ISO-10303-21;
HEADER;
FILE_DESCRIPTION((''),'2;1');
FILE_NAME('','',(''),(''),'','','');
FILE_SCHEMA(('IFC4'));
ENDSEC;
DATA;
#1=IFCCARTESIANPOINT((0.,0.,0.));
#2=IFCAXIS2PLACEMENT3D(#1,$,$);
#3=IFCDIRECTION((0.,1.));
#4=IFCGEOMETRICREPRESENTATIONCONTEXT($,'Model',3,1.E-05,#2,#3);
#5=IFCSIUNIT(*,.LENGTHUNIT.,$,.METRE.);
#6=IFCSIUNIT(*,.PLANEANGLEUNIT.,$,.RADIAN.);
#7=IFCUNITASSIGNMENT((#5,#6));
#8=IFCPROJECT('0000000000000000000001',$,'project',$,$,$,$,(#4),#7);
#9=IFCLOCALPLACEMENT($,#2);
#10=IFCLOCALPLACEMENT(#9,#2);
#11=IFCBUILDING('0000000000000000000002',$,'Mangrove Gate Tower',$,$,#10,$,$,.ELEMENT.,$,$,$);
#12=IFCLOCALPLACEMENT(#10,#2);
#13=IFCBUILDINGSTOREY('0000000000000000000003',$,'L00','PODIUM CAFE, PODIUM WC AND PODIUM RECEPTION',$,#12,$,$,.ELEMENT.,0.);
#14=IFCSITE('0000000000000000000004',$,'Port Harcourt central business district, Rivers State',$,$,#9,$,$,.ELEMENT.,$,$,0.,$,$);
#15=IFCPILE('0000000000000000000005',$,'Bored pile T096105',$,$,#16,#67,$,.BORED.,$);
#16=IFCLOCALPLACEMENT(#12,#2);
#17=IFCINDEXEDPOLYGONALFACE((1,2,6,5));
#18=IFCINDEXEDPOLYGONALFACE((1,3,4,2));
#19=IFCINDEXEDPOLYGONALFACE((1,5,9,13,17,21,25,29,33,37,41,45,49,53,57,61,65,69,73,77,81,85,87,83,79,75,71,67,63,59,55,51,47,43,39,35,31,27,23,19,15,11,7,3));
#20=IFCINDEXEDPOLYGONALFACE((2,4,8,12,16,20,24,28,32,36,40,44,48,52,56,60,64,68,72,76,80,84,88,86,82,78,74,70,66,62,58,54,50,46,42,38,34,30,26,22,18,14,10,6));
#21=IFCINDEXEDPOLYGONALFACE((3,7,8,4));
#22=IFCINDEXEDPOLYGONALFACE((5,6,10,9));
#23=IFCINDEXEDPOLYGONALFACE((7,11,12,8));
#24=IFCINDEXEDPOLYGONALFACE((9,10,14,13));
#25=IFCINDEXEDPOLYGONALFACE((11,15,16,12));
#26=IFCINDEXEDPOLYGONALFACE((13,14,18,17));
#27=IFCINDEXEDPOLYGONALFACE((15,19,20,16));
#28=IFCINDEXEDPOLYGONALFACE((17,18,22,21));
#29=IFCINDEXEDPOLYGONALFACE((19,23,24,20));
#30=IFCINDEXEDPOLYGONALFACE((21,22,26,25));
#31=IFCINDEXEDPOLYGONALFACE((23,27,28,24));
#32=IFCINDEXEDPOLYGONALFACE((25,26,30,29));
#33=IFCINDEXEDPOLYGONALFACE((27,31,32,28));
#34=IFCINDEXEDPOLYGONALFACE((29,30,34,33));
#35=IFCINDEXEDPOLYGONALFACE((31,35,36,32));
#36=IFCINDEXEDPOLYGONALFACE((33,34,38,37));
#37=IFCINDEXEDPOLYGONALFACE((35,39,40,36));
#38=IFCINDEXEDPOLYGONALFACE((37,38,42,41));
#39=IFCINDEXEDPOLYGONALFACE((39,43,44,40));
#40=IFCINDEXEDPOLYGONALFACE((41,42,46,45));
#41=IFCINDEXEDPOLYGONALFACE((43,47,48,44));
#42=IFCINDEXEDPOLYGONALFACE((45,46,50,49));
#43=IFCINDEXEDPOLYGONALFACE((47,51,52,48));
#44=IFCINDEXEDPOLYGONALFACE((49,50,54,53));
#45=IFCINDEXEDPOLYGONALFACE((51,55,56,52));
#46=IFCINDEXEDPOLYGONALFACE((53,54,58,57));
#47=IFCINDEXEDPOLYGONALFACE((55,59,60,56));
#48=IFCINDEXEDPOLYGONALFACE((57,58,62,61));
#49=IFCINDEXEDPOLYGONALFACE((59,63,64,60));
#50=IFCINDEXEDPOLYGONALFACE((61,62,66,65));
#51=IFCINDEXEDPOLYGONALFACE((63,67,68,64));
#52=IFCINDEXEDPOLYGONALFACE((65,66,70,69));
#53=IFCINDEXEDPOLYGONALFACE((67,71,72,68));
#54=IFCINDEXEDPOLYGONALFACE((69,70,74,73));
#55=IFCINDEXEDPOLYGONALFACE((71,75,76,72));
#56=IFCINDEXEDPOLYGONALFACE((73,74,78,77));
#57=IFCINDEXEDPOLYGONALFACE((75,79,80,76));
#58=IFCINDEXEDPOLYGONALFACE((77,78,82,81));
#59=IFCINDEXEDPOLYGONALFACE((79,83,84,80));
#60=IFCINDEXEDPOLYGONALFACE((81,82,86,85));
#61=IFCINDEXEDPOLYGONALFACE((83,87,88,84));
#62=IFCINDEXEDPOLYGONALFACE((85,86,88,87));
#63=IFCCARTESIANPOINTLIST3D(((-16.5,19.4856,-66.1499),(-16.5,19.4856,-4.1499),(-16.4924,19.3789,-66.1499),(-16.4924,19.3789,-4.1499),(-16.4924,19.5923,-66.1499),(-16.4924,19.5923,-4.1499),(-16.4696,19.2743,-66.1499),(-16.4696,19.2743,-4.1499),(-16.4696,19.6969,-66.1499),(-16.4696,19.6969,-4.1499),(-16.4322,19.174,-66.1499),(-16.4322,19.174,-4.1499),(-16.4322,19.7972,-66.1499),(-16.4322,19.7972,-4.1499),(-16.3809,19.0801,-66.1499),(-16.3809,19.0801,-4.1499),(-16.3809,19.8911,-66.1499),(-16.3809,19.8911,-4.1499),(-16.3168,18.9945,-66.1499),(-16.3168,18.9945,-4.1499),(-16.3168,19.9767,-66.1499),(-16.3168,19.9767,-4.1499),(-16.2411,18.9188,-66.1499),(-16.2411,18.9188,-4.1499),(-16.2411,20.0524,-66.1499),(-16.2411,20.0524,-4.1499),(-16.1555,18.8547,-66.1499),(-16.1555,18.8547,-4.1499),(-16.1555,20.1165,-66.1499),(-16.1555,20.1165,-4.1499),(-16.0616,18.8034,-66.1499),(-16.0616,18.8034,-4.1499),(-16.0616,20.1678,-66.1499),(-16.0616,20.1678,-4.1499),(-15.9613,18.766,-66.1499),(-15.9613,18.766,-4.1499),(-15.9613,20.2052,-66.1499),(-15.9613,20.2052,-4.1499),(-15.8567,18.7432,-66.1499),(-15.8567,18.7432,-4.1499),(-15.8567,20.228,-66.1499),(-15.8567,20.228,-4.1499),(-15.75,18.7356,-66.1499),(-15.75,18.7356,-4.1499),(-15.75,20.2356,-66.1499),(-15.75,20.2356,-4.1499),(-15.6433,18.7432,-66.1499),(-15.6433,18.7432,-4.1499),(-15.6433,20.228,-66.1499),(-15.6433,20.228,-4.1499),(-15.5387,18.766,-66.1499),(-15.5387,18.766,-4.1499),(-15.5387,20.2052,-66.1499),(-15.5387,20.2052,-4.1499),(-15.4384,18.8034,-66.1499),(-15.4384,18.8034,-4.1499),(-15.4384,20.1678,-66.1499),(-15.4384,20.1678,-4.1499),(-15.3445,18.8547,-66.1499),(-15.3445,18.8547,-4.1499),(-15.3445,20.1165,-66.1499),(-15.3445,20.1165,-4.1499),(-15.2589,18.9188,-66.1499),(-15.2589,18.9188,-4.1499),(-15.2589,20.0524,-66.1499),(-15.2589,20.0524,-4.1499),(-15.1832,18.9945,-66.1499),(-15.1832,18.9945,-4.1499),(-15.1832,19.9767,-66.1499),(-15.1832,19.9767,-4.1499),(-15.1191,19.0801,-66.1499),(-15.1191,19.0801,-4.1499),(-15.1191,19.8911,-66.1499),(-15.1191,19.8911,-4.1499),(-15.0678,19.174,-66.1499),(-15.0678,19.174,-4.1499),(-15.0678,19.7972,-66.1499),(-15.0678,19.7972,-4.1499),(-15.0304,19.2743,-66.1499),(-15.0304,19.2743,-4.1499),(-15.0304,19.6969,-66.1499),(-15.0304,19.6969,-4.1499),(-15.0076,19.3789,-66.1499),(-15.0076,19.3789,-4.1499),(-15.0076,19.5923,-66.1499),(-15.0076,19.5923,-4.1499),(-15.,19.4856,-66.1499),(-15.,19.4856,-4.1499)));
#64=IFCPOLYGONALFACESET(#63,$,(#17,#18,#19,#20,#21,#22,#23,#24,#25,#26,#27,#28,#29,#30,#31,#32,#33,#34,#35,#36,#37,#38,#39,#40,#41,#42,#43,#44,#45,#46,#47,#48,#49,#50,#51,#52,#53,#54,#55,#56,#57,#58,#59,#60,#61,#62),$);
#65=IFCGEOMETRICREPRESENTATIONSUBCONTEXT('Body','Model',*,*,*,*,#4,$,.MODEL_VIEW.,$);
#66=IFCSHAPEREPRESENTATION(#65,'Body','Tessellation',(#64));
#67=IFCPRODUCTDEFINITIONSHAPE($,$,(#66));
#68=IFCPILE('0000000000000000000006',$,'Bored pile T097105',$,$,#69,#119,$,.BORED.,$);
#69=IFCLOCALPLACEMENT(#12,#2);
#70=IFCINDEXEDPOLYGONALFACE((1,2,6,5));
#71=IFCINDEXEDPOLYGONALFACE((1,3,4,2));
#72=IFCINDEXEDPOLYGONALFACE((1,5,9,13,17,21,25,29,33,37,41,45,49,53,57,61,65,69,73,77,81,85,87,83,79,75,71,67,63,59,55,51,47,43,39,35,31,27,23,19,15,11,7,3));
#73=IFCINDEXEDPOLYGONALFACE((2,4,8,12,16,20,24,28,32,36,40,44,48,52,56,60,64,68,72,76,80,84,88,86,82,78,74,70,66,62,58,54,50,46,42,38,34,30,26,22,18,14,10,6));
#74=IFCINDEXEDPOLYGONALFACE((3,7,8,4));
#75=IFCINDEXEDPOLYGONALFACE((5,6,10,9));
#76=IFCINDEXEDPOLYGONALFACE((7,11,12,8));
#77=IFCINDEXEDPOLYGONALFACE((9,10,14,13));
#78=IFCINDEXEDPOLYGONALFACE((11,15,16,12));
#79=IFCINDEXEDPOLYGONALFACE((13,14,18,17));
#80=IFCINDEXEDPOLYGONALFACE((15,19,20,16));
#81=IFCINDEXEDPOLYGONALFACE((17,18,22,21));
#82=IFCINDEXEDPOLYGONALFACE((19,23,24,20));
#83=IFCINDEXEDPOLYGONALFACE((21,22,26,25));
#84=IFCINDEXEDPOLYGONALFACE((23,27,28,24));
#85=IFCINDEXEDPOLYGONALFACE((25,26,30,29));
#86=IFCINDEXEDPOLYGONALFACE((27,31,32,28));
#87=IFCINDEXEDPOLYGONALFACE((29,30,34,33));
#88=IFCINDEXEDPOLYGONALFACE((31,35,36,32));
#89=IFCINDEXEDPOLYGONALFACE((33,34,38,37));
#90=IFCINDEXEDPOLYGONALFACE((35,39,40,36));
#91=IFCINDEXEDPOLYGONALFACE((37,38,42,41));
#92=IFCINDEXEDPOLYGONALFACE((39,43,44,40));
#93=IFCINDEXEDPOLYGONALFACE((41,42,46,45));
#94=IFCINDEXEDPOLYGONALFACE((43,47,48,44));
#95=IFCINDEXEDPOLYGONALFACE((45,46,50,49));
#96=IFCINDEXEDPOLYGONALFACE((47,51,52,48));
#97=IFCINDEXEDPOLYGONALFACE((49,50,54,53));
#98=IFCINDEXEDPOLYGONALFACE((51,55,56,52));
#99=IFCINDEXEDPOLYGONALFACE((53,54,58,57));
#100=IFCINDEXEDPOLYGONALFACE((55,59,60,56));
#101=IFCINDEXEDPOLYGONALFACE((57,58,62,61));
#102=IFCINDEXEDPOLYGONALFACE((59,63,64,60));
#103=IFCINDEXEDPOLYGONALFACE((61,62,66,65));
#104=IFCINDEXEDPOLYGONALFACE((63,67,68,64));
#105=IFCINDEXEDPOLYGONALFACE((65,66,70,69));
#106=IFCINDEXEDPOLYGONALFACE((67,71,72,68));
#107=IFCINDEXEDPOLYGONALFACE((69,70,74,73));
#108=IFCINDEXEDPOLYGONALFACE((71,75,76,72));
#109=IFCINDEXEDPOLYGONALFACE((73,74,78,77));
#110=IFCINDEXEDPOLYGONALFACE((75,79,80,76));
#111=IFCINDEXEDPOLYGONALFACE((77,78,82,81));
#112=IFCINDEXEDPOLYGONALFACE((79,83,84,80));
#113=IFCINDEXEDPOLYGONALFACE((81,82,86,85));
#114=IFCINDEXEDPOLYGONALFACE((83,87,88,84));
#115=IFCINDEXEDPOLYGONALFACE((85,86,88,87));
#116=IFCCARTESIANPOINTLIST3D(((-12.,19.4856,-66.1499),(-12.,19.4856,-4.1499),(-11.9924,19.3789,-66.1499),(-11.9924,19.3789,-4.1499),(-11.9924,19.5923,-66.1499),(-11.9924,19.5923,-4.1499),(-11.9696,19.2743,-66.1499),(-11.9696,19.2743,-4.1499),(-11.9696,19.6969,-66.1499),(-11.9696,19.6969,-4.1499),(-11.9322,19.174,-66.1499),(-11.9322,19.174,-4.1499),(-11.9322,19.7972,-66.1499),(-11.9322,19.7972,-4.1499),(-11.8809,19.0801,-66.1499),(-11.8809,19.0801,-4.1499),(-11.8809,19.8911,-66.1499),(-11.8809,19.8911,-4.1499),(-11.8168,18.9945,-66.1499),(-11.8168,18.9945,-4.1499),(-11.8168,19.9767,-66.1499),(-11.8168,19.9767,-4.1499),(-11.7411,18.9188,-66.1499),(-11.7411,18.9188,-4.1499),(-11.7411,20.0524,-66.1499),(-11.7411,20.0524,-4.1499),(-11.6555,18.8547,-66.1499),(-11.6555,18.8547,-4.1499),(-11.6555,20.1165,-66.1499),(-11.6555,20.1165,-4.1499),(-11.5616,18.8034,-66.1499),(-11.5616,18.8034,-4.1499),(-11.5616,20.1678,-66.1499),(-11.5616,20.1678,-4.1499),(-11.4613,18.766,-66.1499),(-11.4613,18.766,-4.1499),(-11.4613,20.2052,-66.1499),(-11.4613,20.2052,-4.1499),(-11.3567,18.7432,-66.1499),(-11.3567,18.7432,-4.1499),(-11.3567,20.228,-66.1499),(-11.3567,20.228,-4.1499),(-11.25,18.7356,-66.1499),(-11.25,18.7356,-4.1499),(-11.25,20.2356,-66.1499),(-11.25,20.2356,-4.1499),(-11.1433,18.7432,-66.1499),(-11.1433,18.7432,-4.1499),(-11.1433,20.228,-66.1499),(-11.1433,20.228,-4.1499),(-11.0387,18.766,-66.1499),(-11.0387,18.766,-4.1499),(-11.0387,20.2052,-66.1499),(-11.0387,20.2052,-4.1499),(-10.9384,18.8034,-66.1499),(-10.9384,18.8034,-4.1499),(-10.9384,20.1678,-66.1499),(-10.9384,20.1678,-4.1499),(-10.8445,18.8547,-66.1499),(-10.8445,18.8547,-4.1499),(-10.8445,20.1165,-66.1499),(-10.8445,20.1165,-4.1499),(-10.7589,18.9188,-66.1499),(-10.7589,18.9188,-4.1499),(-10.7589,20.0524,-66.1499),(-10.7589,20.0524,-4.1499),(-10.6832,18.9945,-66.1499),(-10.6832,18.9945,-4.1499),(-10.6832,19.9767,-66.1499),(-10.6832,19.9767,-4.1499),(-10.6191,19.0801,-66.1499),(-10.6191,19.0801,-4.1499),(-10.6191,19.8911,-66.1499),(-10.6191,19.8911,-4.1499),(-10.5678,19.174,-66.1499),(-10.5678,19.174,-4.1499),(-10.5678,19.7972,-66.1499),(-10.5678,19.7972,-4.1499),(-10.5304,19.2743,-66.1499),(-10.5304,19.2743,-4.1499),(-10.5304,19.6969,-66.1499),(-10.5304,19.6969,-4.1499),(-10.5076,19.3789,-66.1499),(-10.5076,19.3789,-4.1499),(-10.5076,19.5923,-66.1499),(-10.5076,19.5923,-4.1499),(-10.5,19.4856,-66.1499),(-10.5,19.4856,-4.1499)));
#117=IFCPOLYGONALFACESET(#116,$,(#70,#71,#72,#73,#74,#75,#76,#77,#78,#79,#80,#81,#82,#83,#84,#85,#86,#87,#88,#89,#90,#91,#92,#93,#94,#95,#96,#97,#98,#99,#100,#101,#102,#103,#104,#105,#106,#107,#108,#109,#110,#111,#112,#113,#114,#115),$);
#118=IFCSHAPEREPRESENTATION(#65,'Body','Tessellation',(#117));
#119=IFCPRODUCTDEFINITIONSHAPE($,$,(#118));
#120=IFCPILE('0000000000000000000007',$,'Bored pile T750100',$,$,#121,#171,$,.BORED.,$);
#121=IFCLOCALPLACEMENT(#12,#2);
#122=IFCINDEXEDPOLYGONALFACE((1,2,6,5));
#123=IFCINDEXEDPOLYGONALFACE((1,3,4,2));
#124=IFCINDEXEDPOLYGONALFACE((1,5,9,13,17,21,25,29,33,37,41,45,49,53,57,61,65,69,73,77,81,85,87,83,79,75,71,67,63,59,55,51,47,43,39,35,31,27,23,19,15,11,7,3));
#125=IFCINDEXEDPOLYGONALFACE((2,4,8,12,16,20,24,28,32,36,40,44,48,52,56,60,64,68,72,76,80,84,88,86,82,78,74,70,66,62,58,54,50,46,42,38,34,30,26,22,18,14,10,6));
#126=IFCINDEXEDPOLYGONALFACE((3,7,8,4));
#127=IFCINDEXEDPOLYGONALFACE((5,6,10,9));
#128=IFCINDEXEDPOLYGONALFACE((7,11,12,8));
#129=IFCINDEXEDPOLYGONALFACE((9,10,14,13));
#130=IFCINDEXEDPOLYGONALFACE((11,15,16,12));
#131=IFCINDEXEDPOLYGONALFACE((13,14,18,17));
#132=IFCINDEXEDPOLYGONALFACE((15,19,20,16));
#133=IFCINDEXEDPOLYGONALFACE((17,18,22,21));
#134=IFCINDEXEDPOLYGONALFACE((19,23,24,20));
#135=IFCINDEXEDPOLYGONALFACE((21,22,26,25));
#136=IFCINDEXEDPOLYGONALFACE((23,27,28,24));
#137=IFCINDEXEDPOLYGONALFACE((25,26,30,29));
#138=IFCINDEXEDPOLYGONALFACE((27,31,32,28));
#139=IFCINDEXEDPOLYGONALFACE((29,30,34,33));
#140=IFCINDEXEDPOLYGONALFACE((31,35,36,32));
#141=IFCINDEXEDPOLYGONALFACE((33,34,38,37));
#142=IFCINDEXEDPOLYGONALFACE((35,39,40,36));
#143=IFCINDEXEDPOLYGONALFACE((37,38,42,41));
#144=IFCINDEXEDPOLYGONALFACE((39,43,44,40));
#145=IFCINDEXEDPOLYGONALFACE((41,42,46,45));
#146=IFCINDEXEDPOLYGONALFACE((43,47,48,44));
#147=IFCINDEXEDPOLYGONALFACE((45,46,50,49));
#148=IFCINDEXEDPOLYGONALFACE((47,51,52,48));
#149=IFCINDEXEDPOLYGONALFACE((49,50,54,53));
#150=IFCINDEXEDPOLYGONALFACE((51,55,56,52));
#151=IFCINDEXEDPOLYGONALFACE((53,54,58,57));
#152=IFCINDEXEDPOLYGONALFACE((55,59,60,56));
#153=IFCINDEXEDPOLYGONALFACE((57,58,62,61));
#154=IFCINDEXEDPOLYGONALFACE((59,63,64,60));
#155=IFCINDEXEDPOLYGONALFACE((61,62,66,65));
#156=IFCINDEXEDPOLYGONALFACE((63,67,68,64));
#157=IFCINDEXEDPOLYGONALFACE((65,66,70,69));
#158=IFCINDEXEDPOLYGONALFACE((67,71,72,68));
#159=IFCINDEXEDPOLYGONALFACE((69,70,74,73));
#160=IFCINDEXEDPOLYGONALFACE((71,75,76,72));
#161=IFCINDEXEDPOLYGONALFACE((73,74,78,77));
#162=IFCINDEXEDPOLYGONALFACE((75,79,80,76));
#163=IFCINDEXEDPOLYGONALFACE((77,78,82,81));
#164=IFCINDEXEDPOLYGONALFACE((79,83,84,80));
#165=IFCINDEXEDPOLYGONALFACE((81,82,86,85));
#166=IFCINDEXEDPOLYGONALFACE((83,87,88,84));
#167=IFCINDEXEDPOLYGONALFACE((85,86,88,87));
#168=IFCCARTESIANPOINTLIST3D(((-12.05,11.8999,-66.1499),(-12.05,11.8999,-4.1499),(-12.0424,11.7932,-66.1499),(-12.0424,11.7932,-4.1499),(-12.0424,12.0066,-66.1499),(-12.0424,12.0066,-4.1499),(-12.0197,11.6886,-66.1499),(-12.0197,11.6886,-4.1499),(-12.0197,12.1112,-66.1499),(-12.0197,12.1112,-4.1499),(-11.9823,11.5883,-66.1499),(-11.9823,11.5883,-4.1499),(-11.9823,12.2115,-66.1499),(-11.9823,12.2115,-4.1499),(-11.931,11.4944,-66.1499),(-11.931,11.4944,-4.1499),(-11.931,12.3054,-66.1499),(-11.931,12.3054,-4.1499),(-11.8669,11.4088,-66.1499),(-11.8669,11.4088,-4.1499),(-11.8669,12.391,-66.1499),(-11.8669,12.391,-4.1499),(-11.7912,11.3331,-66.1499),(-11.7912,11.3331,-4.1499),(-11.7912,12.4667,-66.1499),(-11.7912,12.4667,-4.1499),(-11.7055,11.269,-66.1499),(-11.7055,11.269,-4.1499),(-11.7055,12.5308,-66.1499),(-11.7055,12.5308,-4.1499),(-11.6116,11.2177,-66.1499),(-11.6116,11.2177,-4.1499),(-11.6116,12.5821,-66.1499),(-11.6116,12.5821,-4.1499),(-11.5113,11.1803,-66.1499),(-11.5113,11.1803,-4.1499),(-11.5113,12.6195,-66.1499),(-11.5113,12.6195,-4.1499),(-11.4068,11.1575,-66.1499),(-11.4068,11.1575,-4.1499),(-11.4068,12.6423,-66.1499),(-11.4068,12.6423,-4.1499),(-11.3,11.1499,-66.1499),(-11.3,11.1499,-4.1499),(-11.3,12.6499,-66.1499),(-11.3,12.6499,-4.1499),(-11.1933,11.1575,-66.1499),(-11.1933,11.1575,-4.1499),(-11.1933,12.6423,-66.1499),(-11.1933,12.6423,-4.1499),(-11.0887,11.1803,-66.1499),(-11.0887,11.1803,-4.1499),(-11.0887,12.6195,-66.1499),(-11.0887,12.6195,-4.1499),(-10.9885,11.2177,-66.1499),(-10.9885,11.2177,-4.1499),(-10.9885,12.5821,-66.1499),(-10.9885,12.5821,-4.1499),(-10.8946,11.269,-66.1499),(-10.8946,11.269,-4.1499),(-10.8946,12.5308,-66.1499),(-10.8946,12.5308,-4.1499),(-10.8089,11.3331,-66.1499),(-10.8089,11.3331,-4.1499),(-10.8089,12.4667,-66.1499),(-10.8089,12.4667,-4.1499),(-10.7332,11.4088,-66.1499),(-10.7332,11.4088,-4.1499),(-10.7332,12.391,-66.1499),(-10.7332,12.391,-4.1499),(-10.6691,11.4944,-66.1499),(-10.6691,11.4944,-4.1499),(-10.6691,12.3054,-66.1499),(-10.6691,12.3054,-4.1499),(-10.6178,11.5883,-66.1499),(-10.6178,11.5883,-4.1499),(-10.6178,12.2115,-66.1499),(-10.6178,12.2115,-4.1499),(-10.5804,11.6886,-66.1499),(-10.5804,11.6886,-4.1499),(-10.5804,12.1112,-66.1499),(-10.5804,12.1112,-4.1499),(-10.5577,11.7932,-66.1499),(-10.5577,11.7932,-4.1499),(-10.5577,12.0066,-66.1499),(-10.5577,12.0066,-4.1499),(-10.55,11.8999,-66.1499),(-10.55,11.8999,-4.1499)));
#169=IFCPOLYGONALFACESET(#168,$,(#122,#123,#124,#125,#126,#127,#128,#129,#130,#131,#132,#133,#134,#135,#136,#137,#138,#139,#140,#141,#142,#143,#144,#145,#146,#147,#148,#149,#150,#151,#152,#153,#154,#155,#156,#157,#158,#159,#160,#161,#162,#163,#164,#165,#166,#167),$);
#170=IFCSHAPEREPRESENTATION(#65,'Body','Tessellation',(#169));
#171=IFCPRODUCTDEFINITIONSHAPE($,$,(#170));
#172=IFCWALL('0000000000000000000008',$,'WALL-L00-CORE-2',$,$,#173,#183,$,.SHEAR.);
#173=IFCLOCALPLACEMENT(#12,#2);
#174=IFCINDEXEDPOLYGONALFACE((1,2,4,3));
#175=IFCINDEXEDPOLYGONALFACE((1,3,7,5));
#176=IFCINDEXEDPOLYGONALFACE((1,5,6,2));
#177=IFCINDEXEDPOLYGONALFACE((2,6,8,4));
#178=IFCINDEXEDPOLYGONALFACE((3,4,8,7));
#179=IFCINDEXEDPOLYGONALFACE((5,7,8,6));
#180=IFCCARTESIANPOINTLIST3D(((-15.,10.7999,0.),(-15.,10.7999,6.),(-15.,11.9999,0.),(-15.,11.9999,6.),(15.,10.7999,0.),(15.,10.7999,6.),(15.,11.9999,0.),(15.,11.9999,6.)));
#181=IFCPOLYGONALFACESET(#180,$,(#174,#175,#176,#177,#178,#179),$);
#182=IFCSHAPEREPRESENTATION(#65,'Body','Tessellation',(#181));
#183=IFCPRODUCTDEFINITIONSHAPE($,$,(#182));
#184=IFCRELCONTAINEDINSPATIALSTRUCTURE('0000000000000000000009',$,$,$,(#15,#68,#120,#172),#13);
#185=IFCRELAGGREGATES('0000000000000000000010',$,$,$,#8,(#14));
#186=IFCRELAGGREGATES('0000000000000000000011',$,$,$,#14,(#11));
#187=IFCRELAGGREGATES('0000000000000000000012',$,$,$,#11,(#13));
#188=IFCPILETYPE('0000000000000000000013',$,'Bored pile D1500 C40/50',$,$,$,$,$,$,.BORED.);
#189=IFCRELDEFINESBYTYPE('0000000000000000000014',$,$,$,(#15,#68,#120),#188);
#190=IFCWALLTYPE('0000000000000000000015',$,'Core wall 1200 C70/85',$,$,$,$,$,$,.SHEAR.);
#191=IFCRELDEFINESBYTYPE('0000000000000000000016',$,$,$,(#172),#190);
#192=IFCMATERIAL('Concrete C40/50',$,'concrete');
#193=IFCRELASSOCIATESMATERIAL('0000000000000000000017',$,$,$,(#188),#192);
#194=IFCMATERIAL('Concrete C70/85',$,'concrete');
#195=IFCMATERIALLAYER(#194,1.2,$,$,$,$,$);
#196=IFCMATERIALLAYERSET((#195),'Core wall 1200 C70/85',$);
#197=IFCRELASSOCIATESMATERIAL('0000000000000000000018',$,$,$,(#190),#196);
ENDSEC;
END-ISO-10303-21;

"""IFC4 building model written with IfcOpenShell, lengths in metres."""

from ifc_helpers import new_model, si_unit, direction, frame, frame_2d, origin, origin_2d, place, context, subcontext, project, spatial, rectangle, circle, extrude, material, layer, layer_set, material_profile, profile_set, type_object, element, save


model = new_model("IFC4")

# Units and contexts
model_context = context("Model", 3, precision=1e-05, world=origin(), true_north=direction((0.0, 1.0)))
body_context = subcontext(model_context, "Body", "Model", "MODEL_VIEW")
ifc_project = project(units=[si_unit("LENGTHUNIT", "METRE"), si_unit("PLANEANGLEUNIT", "RADIAN")], contexts=[model_context])

# Site, building, storey
site_placement = place(None, origin())
site = spatial("IfcSite", under=ifc_project, at=site_placement, Name="Port Harcourt central business district, Rivers State", CompositionType="ELEMENT", RefElevation=0.0)
building_placement = place(site_placement, origin())
building = spatial("IfcBuilding", under=site, at=building_placement, Name="Mangrove Gate Tower", CompositionType="ELEMENT")
storey_placement = place(building_placement, origin())
storey = spatial("IfcBuildingStorey", under=building, at=storey_placement, Name="L00", Description="PODIUM CAFE, PODIUM WC AND PODIUM RECEPTION", CompositionType="ELEMENT", Elevation=0.0)

# Piles
ifc_material_1 = material(Name="Concrete C40/50", Category="concrete")
ifc_material_profile = material_profile(ifc_material_1, circle(Radius=0.75, at=origin_2d()))
ifc_profile_set = profile_set([ifc_material_profile], Name="Concrete C40/50")
pile_type = type_object("IfcPileType", Name="Bored pile D1500 C40/50", PredefinedType="BORED", material=ifc_profile_set)
for number, where, z_axis, x_axis, name in (
    (1, (-15.75, 19.4856, -4.1499), (0.0, 0.0, -1.0), (1.0, 0.0, 0.0), "Bored pile T096105"),
    (2, (-11.25, 19.4856, -4.1499), (0.0, 0.0, -1.0), (1.0, 0.0, 0.0), "Bored pile T097105"),
    (3, (-11.3, 11.8999, -4.1499), (0.0, 0.0, -1.0), (1.0, 0.0, 0.0), "Bored pile T750100"),
):
    element("IfcPile", number, at=place(storey_placement, frame(where, z_axis=z_axis, x_axis=x_axis)), inside=storey, type_object=pile_type, Name=name, PredefinedType="BORED", context=body_context, shape_type="SweptSolid", body=[
        extrude(circle(Radius=0.75, at=origin_2d()), origin(), (0.0, 0.0, 1.0), 62.0),
    ])

# Wall
ifc_material_2 = material(Name="Concrete C70/85", Category="concrete")
ifc_layer_1 = layer(ifc_material_2, 1.2)
ifc_layer_set_1 = layer_set([ifc_layer_1], Name="Core wall 1200 C70/85")
wall_type_1 = type_object("IfcWallType", Name="Core wall 1200 C70/85", PredefinedType="SHEAR", material=ifc_layer_set_1)
wall_1_placement = place(storey_placement, frame((-15.0, 11.3999, 0.0), z_axis=(0.0, 0.0, 1.0), x_axis=(1.0, 0.0, 0.0)))
element("IfcWall", 4, at=wall_1_placement, inside=storey, type_object=wall_type_1, Name="WALL-L00-CORE-2", PredefinedType="SHEAR", context=body_context, shape_type="SweptSolid", body=[
    extrude(rectangle(XDim=30.0, YDim=1.2, at=frame_2d((15.0, 0.0))), origin(), (0.0, 0.0, 1.0), 6.0),
])

save(model, "model.ifc")
